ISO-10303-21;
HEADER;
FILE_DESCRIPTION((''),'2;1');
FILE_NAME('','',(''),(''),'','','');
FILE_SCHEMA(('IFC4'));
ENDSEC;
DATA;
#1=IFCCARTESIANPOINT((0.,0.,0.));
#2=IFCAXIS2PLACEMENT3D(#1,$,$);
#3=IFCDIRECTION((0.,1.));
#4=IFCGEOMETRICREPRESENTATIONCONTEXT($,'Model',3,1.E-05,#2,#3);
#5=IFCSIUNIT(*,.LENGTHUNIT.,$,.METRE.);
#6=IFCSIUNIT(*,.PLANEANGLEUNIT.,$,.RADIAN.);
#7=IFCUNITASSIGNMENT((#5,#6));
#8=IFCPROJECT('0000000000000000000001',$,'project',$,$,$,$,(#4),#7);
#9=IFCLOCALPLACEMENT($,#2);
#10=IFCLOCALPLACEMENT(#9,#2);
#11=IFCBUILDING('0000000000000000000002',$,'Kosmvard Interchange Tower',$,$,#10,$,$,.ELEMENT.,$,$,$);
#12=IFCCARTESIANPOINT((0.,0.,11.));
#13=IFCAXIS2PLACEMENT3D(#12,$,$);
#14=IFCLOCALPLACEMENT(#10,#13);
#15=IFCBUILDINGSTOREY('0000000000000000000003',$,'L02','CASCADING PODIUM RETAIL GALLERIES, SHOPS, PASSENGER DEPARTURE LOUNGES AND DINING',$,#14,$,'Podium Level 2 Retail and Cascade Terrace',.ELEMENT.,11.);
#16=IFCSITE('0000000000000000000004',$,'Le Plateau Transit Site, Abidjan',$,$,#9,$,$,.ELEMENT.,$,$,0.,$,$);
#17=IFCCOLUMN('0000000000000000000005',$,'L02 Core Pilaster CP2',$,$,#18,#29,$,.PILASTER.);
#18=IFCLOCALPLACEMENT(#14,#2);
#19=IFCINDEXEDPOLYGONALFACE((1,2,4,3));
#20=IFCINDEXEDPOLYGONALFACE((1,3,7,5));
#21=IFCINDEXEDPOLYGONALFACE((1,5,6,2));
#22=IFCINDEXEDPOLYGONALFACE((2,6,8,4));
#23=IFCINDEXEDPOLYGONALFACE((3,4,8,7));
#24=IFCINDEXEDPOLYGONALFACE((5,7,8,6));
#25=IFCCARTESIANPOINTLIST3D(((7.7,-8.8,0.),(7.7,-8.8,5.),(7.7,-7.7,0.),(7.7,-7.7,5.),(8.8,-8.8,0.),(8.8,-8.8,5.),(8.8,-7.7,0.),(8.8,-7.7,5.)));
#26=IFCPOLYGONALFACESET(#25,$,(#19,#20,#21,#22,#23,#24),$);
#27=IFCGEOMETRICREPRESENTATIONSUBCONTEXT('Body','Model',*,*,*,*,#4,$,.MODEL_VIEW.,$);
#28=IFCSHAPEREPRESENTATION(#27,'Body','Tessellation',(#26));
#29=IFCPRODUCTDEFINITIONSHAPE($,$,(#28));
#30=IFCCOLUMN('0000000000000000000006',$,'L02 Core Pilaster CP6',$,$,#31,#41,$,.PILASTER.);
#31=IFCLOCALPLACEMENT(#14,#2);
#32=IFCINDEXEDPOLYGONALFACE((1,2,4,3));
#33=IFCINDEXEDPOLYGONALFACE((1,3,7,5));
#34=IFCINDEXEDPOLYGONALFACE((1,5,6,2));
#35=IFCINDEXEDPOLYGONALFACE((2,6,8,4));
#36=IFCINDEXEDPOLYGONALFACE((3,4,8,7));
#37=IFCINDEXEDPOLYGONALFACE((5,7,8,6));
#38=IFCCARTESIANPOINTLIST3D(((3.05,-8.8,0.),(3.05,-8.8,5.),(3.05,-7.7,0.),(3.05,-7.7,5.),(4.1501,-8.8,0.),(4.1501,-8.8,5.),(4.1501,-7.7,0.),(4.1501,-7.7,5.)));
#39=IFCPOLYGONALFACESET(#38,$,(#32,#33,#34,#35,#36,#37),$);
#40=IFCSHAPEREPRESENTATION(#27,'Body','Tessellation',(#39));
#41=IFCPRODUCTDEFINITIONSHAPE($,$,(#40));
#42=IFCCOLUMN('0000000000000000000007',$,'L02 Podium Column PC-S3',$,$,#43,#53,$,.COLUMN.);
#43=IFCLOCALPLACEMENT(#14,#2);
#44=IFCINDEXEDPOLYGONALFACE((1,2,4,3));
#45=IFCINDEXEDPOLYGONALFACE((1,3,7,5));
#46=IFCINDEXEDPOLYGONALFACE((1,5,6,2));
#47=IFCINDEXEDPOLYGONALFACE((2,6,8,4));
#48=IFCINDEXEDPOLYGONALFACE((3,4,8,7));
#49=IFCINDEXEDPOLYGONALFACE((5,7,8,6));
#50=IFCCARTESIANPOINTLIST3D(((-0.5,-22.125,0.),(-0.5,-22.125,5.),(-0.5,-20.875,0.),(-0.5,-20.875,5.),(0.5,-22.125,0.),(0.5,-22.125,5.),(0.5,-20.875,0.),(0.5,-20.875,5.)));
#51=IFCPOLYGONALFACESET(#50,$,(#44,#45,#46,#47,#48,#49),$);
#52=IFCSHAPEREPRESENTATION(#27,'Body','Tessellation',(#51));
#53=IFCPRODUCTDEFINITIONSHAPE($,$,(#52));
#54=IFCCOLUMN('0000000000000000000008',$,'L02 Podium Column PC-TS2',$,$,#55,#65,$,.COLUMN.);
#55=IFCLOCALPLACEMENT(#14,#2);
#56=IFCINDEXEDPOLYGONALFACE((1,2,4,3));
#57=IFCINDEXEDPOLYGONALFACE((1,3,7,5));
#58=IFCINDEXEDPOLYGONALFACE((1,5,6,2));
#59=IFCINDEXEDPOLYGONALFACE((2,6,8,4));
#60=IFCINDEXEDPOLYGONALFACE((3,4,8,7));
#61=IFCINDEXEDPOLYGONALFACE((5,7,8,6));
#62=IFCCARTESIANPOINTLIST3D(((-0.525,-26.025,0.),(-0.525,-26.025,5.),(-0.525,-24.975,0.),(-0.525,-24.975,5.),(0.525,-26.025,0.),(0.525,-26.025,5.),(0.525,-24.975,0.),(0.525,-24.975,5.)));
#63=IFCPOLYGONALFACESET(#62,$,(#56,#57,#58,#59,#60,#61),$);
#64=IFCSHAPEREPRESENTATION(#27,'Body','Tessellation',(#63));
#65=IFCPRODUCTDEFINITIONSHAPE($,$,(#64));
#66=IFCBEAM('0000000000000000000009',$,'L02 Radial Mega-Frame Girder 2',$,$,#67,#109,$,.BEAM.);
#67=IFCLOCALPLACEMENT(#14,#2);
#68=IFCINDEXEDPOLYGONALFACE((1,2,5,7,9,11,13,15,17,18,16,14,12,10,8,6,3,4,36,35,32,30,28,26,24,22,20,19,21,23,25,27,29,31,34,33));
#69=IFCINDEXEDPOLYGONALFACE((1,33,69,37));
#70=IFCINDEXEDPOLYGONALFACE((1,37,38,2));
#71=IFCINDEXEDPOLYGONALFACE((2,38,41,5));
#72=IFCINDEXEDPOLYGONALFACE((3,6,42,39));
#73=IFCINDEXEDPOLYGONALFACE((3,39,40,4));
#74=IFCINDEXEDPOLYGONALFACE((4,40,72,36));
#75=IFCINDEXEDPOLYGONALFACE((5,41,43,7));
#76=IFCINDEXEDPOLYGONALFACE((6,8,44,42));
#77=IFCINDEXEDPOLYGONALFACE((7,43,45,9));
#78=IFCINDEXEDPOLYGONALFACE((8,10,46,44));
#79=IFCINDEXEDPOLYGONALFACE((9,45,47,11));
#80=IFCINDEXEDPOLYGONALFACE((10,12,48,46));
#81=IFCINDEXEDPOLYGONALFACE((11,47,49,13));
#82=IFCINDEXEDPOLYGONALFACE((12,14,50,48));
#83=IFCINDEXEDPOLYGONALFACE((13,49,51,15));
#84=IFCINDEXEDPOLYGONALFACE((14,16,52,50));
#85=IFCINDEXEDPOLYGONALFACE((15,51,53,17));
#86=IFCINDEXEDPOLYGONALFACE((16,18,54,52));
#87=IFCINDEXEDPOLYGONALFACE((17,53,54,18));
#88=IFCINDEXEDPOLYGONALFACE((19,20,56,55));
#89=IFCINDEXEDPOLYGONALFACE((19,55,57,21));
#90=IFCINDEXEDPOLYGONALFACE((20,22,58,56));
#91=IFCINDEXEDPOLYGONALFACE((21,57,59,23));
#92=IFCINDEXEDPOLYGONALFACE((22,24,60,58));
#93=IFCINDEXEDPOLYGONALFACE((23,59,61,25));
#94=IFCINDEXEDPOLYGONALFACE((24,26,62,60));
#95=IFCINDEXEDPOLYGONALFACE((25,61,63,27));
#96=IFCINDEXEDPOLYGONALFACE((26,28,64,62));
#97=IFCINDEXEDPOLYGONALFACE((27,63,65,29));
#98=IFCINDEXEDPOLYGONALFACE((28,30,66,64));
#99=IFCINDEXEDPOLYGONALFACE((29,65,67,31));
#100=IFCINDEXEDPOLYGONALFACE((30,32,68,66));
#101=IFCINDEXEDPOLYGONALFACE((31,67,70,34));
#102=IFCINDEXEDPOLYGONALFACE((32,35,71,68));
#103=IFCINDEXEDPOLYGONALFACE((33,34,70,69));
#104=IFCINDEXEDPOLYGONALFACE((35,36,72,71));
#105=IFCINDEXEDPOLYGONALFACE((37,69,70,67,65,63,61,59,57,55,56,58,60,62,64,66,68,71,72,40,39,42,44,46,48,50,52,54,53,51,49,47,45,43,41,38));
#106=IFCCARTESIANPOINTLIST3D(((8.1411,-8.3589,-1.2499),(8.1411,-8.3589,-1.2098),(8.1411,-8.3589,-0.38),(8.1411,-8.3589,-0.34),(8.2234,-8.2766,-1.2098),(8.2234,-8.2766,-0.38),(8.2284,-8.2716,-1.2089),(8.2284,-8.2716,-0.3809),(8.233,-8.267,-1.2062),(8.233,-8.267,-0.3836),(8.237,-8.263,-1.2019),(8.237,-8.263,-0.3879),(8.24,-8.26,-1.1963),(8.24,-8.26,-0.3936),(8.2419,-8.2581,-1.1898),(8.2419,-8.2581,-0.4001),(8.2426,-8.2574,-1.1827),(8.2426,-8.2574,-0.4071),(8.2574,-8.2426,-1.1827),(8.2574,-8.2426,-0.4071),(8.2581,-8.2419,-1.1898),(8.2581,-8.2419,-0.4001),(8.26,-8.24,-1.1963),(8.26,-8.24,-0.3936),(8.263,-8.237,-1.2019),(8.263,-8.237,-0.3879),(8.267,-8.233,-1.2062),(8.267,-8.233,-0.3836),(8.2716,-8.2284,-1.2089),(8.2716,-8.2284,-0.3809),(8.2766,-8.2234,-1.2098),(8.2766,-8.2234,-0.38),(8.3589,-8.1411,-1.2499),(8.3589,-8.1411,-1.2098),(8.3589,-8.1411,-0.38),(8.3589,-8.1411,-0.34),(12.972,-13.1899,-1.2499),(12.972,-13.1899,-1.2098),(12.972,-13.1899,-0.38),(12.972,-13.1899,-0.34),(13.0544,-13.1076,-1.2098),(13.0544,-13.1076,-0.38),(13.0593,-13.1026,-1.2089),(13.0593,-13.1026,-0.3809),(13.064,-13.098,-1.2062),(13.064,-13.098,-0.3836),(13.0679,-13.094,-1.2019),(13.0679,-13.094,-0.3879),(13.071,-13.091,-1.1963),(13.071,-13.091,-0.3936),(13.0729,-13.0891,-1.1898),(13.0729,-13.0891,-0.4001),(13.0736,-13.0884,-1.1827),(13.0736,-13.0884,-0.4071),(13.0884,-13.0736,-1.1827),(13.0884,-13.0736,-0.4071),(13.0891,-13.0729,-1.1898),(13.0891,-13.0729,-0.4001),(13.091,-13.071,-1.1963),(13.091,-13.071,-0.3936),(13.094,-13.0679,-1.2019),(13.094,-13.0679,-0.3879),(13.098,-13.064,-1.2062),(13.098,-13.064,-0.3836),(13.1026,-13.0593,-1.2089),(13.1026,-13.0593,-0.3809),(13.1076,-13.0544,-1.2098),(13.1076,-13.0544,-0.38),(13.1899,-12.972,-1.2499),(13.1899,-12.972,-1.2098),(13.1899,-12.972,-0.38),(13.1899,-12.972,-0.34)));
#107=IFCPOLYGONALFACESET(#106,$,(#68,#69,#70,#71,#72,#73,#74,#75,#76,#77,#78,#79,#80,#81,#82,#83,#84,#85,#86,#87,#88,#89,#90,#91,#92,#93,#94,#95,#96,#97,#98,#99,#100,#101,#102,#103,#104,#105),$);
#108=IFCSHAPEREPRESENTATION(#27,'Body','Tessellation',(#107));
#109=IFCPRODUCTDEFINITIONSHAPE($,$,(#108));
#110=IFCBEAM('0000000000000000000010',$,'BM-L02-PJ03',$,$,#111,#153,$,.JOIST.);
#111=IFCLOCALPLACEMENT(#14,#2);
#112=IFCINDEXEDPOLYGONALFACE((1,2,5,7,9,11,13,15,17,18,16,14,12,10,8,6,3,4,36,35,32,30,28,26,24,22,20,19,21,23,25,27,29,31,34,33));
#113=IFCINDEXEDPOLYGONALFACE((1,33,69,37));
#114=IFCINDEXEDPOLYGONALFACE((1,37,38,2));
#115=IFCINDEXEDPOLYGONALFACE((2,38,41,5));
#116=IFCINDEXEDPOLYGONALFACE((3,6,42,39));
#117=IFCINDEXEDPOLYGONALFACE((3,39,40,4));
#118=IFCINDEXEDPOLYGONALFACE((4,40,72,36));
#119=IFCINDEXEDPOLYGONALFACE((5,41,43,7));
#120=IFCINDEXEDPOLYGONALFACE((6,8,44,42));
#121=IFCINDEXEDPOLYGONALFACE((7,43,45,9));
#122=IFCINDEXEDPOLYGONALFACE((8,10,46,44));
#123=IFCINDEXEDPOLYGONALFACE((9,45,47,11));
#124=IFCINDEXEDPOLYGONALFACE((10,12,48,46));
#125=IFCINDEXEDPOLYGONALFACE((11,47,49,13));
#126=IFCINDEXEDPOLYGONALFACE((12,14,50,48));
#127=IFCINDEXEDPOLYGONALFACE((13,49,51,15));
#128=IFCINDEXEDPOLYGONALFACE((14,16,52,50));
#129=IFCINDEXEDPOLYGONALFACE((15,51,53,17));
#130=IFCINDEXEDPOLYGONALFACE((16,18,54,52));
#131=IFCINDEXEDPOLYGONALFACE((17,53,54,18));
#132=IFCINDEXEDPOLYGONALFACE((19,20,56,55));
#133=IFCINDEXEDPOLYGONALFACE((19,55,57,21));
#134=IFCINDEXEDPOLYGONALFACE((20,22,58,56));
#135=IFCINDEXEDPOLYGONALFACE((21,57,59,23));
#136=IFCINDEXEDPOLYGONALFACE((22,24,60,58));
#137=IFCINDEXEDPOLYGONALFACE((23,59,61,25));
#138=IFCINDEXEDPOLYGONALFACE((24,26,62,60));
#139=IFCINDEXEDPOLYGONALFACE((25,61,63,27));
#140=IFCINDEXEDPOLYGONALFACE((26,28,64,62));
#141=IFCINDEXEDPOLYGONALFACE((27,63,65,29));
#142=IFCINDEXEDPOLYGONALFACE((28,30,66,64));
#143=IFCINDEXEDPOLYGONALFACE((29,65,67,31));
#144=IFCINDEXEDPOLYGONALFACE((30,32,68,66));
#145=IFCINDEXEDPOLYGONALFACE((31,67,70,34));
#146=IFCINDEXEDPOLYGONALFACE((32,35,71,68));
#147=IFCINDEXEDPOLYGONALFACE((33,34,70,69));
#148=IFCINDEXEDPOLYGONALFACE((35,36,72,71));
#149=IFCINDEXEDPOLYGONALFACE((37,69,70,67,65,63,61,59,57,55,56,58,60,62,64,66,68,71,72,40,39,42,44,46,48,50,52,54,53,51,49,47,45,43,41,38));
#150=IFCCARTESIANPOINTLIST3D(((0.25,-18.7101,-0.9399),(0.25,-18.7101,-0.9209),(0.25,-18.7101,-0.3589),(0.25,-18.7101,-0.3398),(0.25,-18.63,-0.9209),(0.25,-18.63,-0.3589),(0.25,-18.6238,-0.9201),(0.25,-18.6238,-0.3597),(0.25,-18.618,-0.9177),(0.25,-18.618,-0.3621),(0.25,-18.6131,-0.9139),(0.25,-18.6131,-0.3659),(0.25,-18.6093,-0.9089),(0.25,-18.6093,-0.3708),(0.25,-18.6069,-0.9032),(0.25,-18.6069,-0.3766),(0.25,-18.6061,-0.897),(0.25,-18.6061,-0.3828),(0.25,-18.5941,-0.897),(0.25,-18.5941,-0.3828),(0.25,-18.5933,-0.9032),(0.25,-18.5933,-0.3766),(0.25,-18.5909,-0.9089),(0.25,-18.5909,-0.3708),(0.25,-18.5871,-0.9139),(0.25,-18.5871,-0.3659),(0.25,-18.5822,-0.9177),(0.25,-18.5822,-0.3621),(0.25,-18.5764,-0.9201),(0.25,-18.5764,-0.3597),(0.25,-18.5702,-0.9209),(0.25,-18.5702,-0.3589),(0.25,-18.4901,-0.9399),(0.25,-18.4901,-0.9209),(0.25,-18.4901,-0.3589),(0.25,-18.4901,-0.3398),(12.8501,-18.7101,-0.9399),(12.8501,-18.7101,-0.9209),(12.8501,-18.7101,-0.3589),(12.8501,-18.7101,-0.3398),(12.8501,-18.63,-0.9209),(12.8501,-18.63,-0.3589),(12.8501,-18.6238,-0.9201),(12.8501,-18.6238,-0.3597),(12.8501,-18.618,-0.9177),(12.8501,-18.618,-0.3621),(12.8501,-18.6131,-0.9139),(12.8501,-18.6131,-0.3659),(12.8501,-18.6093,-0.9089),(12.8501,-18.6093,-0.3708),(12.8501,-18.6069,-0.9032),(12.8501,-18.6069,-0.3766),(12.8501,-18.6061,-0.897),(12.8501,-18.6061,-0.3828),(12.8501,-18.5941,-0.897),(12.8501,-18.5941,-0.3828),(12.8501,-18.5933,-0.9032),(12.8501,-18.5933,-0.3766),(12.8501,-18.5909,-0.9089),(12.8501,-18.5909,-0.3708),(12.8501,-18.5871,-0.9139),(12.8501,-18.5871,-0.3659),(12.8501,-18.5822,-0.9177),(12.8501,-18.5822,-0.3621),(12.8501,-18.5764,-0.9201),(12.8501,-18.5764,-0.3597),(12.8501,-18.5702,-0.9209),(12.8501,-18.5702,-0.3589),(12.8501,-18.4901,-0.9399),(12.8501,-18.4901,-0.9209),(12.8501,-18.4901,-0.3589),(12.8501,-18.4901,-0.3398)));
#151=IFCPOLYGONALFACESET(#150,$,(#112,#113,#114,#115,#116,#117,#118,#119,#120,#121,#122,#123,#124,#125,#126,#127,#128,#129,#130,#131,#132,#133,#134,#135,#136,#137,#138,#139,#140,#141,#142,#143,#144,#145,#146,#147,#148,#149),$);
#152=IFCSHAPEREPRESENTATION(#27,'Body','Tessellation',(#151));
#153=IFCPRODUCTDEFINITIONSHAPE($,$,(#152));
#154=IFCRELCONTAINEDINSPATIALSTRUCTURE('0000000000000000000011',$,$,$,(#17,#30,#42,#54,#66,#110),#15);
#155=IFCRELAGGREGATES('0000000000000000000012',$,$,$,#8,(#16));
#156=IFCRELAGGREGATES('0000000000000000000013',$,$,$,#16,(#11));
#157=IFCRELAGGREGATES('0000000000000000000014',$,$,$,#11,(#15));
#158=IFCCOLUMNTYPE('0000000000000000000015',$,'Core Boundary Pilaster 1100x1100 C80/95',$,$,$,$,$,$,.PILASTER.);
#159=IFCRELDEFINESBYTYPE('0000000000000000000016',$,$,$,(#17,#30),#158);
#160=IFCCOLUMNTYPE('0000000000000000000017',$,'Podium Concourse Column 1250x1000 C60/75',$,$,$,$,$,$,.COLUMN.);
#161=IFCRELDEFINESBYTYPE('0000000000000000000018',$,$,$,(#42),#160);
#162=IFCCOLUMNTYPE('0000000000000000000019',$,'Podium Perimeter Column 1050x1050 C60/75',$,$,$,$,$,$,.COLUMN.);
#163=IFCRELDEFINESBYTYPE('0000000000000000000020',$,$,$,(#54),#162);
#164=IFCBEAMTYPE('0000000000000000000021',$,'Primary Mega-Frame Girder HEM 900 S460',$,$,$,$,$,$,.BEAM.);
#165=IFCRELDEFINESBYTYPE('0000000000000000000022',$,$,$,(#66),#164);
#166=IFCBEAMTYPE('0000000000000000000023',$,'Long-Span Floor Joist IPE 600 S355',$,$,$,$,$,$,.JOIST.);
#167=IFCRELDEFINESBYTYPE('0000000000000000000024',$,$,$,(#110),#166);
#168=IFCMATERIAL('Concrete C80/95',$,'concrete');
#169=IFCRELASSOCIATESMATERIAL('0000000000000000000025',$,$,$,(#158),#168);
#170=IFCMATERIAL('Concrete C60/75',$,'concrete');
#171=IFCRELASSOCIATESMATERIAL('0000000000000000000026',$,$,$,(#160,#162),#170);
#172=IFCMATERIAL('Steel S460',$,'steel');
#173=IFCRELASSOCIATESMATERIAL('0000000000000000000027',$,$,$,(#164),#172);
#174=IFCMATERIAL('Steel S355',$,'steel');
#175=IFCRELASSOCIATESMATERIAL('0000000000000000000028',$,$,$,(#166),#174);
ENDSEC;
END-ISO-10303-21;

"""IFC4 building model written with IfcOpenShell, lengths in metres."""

from ifc_helpers import new_model, si_unit, direction, frame, origin, origin_2d, place, context, subcontext, project, spatial, rectangle, i_section, extrude, source, transform, mapped, material, material_profile, profile_set, type_object, element, save


model = new_model("IFC4")

# Units and contexts
model_context = context("Model", 3, precision=1e-05, world=origin(), true_north=direction((0.0, 1.0)))
body_context = subcontext(model_context, "Body", "Model", "MODEL_VIEW")
ifc_project = project(units=[si_unit("LENGTHUNIT", "METRE"), si_unit("PLANEANGLEUNIT", "RADIAN")], contexts=[model_context])

# Site, building, storey
site_placement = place(None, origin())
site = spatial("IfcSite", under=ifc_project, at=site_placement, Name="Le Plateau Transit Site, Abidjan", CompositionType="ELEMENT", RefElevation=0.0)
building_placement = place(site_placement, origin())
building = spatial("IfcBuilding", under=site, at=building_placement, Name="Kosmvard Interchange Tower", CompositionType="ELEMENT")
storey_placement = place(building_placement, frame((0.0, 0.0, 11.0)))
storey = spatial("IfcBuildingStorey", under=building, at=storey_placement, Name="L02", Description="CASCADING PODIUM RETAIL GALLERIES, SHOPS, PASSENGER DEPARTURE LOUNGES AND DINING", LongName="Podium Level 2 Retail and Cascade Terrace", CompositionType="ELEMENT", Elevation=11.0)

# Columns
ifc_material_1 = material(Name="Concrete C80/95", Category="concrete")
ifc_material_profile_1 = material_profile(ifc_material_1, rectangle(XDim=1.1001, YDim=1.1001, at=origin_2d()), Name="CP 1100x1100")
ifc_profile_set_1 = profile_set([ifc_material_profile_1], Name="Concrete C80/95")
column_type_1 = type_object("IfcColumnType", Name="Core Boundary Pilaster 1100x1100 C80/95", PredefinedType="PILASTER", material=ifc_profile_set_1)
shared_shape_1 = source(origin(), body_context, "Body", "SweptSolid", [
    extrude(rectangle(XDim=1.1001, YDim=1.1001, at=origin_2d()), origin(), (0.0, 0.0, 1.0), 5.0),
])
for number, where, z_axis, x_axis, name in (
    (1, (8.25, -8.25, 0.0), (0.0, 0.0, 1.0), (1.0, 0.0, 0.0), "L02 Core Pilaster CP2"),
    (2, (3.6001, -8.25, 0.0), (0.0, 0.0, 1.0), (1.0, 0.0, 0.0), "L02 Core Pilaster CP6"),
):
    element("IfcColumn", number, at=place(storey_placement, frame(where, z_axis=z_axis, x_axis=x_axis)), inside=storey, type_object=column_type_1, Name=name, PredefinedType="PILASTER", context=body_context, shape_type="MappedRepresentation", body=[
        mapped(shared_shape_1, transform((0.0, 0.0, 0.0), scale=1.0)),
    ])
ifc_material_2 = material(Name="Concrete C60/75", Category="concrete")
ifc_material_profile_2 = material_profile(ifc_material_2, rectangle(XDim=1.0, YDim=1.25, at=origin_2d()), Name="PC 1250x1000")
ifc_profile_set_2 = profile_set([ifc_material_profile_2], Name="Concrete C60/75")
column_type_2 = type_object("IfcColumnType", Name="Podium Concourse Column 1250x1000 C60/75", PredefinedType="COLUMN", material=ifc_profile_set_2)
shared_shape_2 = source(origin(), body_context, "Body", "SweptSolid", [
    extrude(rectangle(XDim=1.0, YDim=1.25, at=origin_2d()), origin(), (0.0, 0.0, 1.0), 5.0),
])
column_1_placement = place(storey_placement, frame((0.0, -21.5, 0.0), z_axis=(0.0, 0.0, 1.0), x_axis=(1.0, 0.0, 0.0)))
element("IfcColumn", 3, at=column_1_placement, inside=storey, type_object=column_type_2, Name="L02 Podium Column PC-S3", PredefinedType="COLUMN", context=body_context, shape_type="MappedRepresentation", body=[
    mapped(shared_shape_2, transform((0.0, 0.0, 0.0), scale=1.0)),
])
ifc_material_profile_3 = material_profile(ifc_material_2, rectangle(XDim=1.05, YDim=1.05, at=origin_2d()), Name="PC 1050x1050")
ifc_profile_set_3 = profile_set([ifc_material_profile_3], Name="Concrete C60/75")
column_type_3 = type_object("IfcColumnType", Name="Podium Perimeter Column 1050x1050 C60/75", PredefinedType="COLUMN", material=ifc_profile_set_3)
shared_shape_3 = source(origin(), body_context, "Body", "SweptSolid", [
    extrude(rectangle(XDim=1.05, YDim=1.05, at=origin_2d()), origin(), (0.0, 0.0, 1.0), 5.0),
])
column_2_placement = place(storey_placement, frame((0.0, -25.5, 0.0), z_axis=(0.0, 0.0, 1.0), x_axis=(1.0, 0.0, 0.0)))
element("IfcColumn", 4, at=column_2_placement, inside=storey, type_object=column_type_3, Name="L02 Podium Column PC-TS2", PredefinedType="COLUMN", context=body_context, shape_type="MappedRepresentation", body=[
    mapped(shared_shape_3, transform((0.0, 0.0, 0.0), scale=1.0)),
])

# Beams
ifc_material_3 = material(Name="Steel S460", Category="steel")
ifc_material_profile_4 = material_profile(ifc_material_3, i_section(OverallWidth=0.3081, OverallDepth=0.9099, WebThickness=0.021, FlangeThickness=0.04, FilletRadius=0.0271, at=origin_2d()), Name="HEM 900")
ifc_profile_set_4 = profile_set([ifc_material_profile_4], Name="Steel S460")
beam_type_1 = type_object("IfcBeamType", Name="Primary Mega-Frame Girder HEM 900 S460", PredefinedType="BEAM", material=ifc_profile_set_4)
shared_shape_4 = source(origin(), body_context, "Body", "SweptSolid", [
    extrude(i_section(OverallWidth=0.3081, OverallDepth=0.9099, WebThickness=0.021, FlangeThickness=0.04, FilletRadius=0.0271, at=origin_2d()), origin(), (0.0, 0.0, 1.0), 6.832),
])
beam_1_placement = place(storey_placement, frame((8.25, -8.25, -0.7949), z_axis=(0.707107, -0.707107, 0.0), x_axis=(0.707107, 0.707107, 0.0)))
element("IfcBeam", 5, at=beam_1_placement, inside=storey, type_object=beam_type_1, Name="L02 Radial Mega-Frame Girder 2", PredefinedType="BEAM", context=body_context, shape_type="MappedRepresentation", body=[
    mapped(shared_shape_4, transform((0.0, 0.0, 0.0), scale=1.0)),
])
ifc_material_4 = material(Name="Steel S355", Category="steel")
ifc_material_profile_5 = material_profile(ifc_material_4, i_section(OverallWidth=0.22, OverallDepth=0.6001, WebThickness=0.012, FlangeThickness=0.019, FilletRadius=0.0239, at=origin_2d()), Name="IPE 600")
ifc_profile_set_5 = profile_set([ifc_material_profile_5], Name="Steel S355")
beam_type_2 = type_object("IfcBeamType", Name="Long-Span Floor Joist IPE 600 S355", PredefinedType="JOIST", material=ifc_profile_set_5)
shared_shape_5 = source(origin(), body_context, "Body", "SweptSolid", [
    extrude(i_section(OverallWidth=0.22, OverallDepth=0.6001, WebThickness=0.012, FlangeThickness=0.019, FilletRadius=0.0239, at=origin_2d()), origin(), (0.0, 0.0, 1.0), 12.6001),
])
for number, where, z_axis, x_axis, name in (
    (6, (0.25, -18.6001, -0.6399), (1.0, 0.0, 0.0), (0.0, 1.0, 0.0), "BM-L02-PJ03"),
):
    element("IfcBeam", number, at=place(storey_placement, frame(where, z_axis=z_axis, x_axis=x_axis)), inside=storey, type_object=beam_type_2, Name=name, PredefinedType="JOIST", context=body_context, shape_type="MappedRepresentation", body=[
        mapped(shared_shape_5, transform((0.0, 0.0, 0.0), scale=1.0)),
    ])

save(model, "model.ifc")
